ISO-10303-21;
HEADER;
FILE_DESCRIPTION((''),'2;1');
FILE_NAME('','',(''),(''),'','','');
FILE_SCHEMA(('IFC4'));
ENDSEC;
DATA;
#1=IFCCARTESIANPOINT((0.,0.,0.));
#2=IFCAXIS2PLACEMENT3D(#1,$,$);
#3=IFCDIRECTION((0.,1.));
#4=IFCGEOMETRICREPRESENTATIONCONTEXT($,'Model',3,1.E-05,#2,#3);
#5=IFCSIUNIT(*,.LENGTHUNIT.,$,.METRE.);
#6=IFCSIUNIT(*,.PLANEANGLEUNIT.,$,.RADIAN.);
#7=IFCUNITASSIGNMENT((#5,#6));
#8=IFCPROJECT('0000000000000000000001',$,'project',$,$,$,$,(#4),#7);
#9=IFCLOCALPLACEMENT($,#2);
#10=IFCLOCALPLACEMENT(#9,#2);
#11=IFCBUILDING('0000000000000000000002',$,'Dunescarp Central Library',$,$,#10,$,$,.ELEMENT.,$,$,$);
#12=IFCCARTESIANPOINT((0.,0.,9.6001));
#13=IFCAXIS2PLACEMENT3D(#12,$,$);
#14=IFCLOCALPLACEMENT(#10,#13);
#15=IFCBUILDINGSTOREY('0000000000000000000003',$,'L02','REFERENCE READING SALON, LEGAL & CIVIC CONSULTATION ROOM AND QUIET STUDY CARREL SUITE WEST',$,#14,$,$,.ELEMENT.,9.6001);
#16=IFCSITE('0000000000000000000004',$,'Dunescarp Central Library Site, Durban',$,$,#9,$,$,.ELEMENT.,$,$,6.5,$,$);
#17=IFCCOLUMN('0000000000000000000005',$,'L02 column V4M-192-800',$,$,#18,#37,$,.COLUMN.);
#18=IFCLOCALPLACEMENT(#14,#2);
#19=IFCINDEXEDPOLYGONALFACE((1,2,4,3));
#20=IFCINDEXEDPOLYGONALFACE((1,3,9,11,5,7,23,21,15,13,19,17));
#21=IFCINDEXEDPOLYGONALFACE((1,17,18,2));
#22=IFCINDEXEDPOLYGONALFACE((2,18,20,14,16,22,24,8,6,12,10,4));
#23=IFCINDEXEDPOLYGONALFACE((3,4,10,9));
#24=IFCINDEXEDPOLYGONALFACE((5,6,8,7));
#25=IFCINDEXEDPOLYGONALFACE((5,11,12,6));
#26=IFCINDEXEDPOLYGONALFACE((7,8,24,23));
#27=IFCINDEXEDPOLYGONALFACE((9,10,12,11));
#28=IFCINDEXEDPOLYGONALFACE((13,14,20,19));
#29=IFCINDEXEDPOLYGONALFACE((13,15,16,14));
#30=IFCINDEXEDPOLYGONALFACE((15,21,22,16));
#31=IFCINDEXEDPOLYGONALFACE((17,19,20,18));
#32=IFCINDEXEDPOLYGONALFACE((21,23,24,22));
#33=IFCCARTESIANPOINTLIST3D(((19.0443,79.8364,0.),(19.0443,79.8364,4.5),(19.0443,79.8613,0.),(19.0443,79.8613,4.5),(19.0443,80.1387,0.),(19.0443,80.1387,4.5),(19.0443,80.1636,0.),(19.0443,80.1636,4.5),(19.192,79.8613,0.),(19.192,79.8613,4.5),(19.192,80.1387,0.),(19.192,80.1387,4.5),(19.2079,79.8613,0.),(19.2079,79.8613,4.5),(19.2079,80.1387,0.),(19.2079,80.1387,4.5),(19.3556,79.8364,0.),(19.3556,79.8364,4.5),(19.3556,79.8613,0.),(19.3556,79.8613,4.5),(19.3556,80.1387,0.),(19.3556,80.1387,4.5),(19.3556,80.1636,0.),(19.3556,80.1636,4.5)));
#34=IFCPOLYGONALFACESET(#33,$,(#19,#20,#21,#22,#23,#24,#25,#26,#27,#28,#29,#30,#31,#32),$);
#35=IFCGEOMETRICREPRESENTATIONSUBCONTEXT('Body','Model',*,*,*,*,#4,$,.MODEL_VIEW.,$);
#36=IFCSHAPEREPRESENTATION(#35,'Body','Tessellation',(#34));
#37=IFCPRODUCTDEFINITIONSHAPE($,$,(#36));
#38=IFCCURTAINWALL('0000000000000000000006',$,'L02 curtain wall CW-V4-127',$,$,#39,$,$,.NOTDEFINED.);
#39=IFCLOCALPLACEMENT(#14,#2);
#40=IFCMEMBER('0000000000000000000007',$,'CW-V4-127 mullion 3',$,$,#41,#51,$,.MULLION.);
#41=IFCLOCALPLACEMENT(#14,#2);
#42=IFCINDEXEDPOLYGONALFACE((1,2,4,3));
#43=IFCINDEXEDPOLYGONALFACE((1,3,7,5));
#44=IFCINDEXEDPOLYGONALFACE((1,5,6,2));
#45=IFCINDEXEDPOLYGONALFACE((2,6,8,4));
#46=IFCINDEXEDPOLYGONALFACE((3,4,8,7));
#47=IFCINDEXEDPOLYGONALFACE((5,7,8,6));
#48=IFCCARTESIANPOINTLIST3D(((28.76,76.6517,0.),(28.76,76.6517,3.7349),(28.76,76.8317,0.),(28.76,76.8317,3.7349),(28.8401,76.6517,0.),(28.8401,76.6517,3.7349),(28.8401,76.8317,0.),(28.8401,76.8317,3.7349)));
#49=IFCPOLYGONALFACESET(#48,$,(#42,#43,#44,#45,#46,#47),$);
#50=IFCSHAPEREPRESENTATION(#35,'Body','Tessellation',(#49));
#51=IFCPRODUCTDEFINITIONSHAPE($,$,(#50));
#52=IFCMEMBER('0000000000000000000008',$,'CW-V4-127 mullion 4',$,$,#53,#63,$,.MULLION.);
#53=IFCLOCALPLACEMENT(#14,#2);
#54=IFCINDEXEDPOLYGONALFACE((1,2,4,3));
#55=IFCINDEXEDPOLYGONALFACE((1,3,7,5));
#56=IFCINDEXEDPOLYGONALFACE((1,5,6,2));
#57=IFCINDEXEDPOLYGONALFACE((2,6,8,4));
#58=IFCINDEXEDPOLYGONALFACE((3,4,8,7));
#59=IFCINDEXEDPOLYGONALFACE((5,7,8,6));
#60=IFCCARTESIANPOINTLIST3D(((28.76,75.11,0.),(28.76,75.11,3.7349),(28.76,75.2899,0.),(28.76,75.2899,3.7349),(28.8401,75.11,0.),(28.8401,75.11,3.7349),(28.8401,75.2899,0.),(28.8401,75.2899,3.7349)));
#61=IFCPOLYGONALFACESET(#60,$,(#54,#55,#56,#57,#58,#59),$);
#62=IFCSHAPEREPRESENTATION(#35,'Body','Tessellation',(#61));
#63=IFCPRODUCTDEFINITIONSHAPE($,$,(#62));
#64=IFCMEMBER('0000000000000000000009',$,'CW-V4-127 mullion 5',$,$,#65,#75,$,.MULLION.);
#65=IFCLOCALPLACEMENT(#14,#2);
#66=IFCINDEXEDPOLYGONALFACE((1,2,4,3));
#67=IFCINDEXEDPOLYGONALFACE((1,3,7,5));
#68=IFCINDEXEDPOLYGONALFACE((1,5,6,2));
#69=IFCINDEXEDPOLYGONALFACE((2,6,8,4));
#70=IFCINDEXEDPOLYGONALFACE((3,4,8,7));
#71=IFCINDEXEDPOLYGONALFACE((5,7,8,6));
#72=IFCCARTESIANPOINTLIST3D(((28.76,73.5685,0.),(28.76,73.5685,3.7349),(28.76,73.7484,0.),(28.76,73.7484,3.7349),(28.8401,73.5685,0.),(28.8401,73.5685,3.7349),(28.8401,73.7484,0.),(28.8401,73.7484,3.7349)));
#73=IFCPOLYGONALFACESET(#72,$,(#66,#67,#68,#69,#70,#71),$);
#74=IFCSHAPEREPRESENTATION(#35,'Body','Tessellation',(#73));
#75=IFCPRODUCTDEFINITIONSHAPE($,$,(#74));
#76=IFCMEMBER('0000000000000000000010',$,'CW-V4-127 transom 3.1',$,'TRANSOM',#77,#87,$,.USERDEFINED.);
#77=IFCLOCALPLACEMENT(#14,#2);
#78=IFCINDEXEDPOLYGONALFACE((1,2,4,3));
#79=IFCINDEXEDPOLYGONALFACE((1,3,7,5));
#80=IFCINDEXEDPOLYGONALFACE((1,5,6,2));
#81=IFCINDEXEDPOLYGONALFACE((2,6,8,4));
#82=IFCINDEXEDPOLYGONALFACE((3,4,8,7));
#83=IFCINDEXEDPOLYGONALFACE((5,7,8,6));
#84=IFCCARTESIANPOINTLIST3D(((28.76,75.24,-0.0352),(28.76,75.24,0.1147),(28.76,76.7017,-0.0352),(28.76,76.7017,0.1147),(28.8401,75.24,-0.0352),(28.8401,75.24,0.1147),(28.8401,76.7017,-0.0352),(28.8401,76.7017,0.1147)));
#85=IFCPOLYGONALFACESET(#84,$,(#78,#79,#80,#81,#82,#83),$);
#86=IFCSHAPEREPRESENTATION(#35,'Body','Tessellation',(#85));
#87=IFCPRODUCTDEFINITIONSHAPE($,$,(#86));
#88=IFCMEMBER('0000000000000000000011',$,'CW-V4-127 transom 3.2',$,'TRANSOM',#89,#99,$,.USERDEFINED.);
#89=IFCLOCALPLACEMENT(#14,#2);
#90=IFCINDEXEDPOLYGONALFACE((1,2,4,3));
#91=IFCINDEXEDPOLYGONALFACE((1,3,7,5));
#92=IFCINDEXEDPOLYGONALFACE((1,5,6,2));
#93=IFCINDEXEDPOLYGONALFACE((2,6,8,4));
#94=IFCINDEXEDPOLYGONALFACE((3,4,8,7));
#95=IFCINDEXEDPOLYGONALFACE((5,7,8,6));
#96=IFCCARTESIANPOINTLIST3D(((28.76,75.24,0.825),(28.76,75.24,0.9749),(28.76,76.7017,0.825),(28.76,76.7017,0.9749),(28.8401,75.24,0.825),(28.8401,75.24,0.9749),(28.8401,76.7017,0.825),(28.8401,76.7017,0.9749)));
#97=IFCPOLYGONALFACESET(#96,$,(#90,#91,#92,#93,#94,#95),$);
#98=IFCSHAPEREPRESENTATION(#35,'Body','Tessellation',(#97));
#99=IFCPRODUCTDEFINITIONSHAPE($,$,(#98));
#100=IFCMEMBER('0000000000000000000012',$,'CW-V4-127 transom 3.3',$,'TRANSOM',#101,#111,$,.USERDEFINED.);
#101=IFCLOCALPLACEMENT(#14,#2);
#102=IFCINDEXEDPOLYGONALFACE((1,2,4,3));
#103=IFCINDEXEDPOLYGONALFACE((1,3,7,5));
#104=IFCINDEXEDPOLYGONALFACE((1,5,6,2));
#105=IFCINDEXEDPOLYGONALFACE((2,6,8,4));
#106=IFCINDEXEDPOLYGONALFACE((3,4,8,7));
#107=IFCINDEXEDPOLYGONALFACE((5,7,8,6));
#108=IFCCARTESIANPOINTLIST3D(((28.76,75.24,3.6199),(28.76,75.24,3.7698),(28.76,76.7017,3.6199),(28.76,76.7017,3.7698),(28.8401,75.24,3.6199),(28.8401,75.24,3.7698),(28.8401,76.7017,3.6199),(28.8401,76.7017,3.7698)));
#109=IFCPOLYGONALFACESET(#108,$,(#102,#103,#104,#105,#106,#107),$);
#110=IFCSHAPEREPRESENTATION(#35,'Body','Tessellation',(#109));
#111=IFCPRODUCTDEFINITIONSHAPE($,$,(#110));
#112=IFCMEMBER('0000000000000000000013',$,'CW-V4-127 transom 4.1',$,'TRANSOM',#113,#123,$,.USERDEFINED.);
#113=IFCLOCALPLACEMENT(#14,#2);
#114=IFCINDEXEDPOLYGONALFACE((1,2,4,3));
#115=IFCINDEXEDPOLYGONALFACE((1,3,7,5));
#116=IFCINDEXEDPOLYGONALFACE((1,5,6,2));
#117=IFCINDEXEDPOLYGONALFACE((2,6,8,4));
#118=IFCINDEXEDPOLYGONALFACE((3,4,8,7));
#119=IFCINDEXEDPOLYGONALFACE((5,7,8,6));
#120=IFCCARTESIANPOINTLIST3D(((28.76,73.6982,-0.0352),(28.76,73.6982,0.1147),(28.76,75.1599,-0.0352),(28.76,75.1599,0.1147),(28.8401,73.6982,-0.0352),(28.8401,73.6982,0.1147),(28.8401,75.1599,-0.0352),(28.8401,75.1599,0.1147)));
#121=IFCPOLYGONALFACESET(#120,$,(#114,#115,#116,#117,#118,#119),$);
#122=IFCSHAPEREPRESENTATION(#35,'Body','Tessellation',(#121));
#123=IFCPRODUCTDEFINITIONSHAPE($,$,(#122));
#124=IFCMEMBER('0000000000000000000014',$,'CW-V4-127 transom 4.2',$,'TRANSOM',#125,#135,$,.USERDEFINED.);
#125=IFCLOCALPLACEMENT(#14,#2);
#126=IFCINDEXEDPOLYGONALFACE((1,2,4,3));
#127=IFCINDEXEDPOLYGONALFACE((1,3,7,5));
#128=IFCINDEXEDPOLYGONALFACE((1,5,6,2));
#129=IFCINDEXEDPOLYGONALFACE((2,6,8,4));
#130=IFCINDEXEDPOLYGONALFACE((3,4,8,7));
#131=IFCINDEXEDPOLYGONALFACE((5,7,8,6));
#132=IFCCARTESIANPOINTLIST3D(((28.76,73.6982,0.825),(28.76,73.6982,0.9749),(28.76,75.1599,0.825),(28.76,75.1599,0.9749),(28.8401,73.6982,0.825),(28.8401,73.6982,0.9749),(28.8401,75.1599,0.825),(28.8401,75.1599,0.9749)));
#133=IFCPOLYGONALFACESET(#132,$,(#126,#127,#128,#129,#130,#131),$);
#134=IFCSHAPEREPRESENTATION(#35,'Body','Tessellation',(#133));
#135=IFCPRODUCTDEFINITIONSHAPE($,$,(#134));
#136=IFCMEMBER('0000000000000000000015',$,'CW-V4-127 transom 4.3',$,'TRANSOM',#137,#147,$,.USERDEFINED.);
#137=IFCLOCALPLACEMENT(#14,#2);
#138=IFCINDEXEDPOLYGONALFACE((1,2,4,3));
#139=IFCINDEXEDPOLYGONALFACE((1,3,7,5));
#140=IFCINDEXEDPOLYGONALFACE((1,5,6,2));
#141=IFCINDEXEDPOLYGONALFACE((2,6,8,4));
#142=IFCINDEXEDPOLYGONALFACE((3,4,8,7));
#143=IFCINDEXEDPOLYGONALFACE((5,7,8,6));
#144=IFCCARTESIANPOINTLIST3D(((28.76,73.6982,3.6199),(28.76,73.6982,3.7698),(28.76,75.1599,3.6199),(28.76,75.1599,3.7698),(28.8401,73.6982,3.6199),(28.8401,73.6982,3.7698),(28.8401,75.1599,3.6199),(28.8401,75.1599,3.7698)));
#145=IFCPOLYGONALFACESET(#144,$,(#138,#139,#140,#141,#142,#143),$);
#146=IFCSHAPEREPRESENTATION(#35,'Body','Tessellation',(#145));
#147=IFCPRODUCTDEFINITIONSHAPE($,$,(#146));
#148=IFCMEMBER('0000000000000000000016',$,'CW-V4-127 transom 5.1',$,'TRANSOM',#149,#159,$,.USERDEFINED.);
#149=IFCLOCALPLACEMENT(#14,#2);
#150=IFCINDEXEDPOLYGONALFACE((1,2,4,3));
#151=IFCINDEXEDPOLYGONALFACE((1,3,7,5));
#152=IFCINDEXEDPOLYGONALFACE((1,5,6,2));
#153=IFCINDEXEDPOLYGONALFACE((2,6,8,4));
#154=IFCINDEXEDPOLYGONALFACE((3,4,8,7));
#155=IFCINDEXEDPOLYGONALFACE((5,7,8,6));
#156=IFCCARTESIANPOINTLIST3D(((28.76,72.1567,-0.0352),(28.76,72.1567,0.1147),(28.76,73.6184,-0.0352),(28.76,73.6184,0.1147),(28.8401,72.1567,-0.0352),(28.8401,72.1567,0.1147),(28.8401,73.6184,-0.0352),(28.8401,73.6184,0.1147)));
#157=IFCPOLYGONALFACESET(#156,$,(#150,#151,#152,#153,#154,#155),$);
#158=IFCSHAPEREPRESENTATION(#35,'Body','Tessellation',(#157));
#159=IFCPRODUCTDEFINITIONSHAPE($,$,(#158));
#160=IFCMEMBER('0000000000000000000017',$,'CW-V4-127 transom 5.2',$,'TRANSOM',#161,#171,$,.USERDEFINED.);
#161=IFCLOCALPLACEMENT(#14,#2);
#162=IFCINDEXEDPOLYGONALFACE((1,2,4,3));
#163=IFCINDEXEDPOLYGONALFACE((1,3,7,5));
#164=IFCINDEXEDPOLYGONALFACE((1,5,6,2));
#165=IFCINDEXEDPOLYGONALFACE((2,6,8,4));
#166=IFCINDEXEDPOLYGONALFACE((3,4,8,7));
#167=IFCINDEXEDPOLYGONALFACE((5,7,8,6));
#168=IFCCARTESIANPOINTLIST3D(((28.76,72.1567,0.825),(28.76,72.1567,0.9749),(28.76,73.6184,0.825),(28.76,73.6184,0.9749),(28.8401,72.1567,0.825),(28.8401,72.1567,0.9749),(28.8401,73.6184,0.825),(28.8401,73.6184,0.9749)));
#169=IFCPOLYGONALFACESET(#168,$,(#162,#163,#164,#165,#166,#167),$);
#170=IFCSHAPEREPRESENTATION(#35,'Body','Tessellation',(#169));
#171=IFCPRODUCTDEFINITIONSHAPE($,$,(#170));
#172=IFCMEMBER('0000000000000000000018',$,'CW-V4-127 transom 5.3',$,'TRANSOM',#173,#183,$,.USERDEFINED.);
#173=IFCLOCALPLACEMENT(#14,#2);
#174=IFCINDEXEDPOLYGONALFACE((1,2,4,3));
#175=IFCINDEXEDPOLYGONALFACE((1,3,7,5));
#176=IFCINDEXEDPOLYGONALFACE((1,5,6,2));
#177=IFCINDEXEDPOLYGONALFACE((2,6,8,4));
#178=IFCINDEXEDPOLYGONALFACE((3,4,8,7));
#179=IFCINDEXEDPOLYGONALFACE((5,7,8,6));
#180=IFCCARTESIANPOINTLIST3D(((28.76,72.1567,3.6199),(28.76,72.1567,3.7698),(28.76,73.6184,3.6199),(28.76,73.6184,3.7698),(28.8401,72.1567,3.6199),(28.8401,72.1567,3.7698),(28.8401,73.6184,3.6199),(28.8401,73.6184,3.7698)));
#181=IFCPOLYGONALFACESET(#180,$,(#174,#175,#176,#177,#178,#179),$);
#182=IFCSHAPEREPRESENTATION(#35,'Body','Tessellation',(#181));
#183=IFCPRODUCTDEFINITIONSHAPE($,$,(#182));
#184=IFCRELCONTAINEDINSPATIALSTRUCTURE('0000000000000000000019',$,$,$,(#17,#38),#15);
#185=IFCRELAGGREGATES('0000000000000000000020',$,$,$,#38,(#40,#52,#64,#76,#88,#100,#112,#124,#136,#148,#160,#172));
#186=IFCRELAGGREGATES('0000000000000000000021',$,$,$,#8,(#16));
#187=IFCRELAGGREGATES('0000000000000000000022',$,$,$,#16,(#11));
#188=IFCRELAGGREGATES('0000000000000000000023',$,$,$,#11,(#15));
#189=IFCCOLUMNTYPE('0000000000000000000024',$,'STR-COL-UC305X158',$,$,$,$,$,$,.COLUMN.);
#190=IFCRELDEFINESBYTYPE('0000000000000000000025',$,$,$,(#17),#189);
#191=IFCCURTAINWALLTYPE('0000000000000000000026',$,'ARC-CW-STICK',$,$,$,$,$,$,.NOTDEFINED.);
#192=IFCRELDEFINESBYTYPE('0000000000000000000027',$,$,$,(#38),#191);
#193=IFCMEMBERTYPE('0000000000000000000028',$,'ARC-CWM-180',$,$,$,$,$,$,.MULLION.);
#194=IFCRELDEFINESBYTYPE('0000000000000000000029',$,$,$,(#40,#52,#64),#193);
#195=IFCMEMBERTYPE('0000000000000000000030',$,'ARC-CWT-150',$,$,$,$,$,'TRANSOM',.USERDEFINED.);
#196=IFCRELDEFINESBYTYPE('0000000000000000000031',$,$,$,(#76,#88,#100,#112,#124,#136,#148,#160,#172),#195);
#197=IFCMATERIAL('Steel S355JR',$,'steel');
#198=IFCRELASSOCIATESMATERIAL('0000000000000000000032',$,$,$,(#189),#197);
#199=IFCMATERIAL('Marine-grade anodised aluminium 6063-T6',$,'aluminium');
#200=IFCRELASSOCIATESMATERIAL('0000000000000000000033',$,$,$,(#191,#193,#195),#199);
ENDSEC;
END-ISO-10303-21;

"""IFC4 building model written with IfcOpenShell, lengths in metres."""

from ifc_helpers import new_model, si_unit, direction, frame, origin, origin_2d, place, context, subcontext, project, spatial, rectangle, i_section, extrude, material, material_profile, profile_set, type_object, element, aggregate, save


model = new_model("IFC4")

# Units and contexts
model_context = context("Model", 3, precision=1e-05, world=origin(), true_north=direction((0.0, 1.0)))
body_context = subcontext(model_context, "Body", "Model", "MODEL_VIEW")
ifc_project = project(units=[si_unit("LENGTHUNIT", "METRE"), si_unit("PLANEANGLEUNIT", "RADIAN")], contexts=[model_context])

# Site, building, storey
site_placement = place(None, origin())
site = spatial("IfcSite", under=ifc_project, at=site_placement, Name="Dunescarp Central Library Site, Durban", CompositionType="ELEMENT", RefElevation=6.5)
building_placement = place(site_placement, origin())
building = spatial("IfcBuilding", under=site, at=building_placement, Name="Dunescarp Central Library", CompositionType="ELEMENT")
storey_placement = place(building_placement, frame((0.0, 0.0, 9.6001)))
storey = spatial("IfcBuildingStorey", under=building, at=storey_placement, Name="L02", Description="REFERENCE READING SALON, LEGAL & CIVIC CONSULTATION ROOM AND QUIET STUDY CARREL SUITE WEST", CompositionType="ELEMENT", Elevation=9.6001)

# Column
ifc_material_1 = material(Name="Steel S355JR", Category="steel")
ifc_material_profile_1 = material_profile(ifc_material_1, i_section(OverallWidth=0.3113, OverallDepth=0.3271, WebThickness=0.0159, FlangeThickness=0.0249, at=origin_2d()), Name="UC 305x305x158")
ifc_profile_set_1 = profile_set([ifc_material_profile_1], Name="Steel S355JR")
column_type = type_object("IfcColumnType", Name="STR-COL-UC305X158", PredefinedType="COLUMN", material=ifc_profile_set_1)
column_placement = place(storey_placement, frame((19.2, 80.0, 0.0), z_axis=(0.0, 0.0, 1.0), x_axis=(1.0, 0.0, 0.0)))
element("IfcColumn", 1, at=column_placement, inside=storey, type_object=column_type, Name="L02 column V4M-192-800", PredefinedType="COLUMN", context=body_context, shape_type="SweptSolid", body=[
    extrude(i_section(OverallWidth=0.3113, OverallDepth=0.3271, WebThickness=0.0159, FlangeThickness=0.0249, at=origin_2d()), origin(), (0.0, 0.0, 1.0), 4.5),
])

# Curtain wall, members
ifc_material_2 = material(Name="Marine-grade anodised aluminium 6063-T6", Category="aluminium")
curtain_wall_type = type_object("IfcCurtainWallType", Name="ARC-CW-STICK", PredefinedType="NOTDEFINED", material=ifc_material_2)
curtain_wall_placement = place(storey_placement, origin())
curtain_wall = element("IfcCurtainWall", 2, at=curtain_wall_placement, inside=storey, type_object=curtain_wall_type, Name="L02 curtain wall CW-V4-127", PredefinedType="NOTDEFINED")
ifc_material_profile_2 = material_profile(ifc_material_2, rectangle(XDim=0.0801, YDim=0.1799, at=origin_2d()), Name="AL 80x180")
ifc_profile_set_2 = profile_set([ifc_material_profile_2], Name="Marine-grade anodised aluminium 6063-T6")
member_type_1 = type_object("IfcMemberType", Name="ARC-CWM-180", PredefinedType="MULLION", material=ifc_profile_set_2)
member_1_placement = place(storey_placement, frame((28.8, 76.7417, 0.0), z_axis=(0.0, 0.0, 1.0), x_axis=(1.0, 0.0, 0.0)))
member_1 = element("IfcMember", 3, at=member_1_placement, type_object=member_type_1, Name="CW-V4-127 mullion 3", PredefinedType="MULLION", context=body_context, shape_type="SweptSolid", body=[
    extrude(rectangle(XDim=0.0801, YDim=0.1799, at=origin_2d()), origin(), (0.0, 0.0, 1.0), 3.7349),
])
member_2_placement = place(storey_placement, frame((28.8, 75.2, 0.0), z_axis=(0.0, 0.0, 1.0), x_axis=(1.0, 0.0, 0.0)))
member_2 = element("IfcMember", 4, at=member_2_placement, type_object=member_type_1, Name="CW-V4-127 mullion 4", PredefinedType="MULLION", context=body_context, shape_type="SweptSolid", body=[
    extrude(rectangle(XDim=0.0801, YDim=0.1799, at=origin_2d()), origin(), (0.0, 0.0, 1.0), 3.7349),
])
member_3_placement = place(storey_placement, frame((28.8, 73.6584, 0.0), z_axis=(0.0, 0.0, 1.0), x_axis=(1.0, 0.0, 0.0)))
member_3 = element("IfcMember", 5, at=member_3_placement, type_object=member_type_1, Name="CW-V4-127 mullion 5", PredefinedType="MULLION", context=body_context, shape_type="SweptSolid", body=[
    extrude(rectangle(XDim=0.0801, YDim=0.1799, at=origin_2d()), origin(), (0.0, 0.0, 1.0), 3.7349),
])
ifc_material_profile_3 = material_profile(ifc_material_2, rectangle(XDim=0.0801, YDim=0.1499, at=origin_2d()), Name="AL 80x150")
ifc_profile_set_3 = profile_set([ifc_material_profile_3], Name="Marine-grade anodised aluminium 6063-T6")
member_type_2 = type_object("IfcMemberType", Name="ARC-CWT-150", ElementType="TRANSOM", PredefinedType="USERDEFINED", material=ifc_profile_set_3)
member_4_placement = place(storey_placement, frame((28.8, 76.7017, 0.0398), z_axis=(0.0, -1.0, 0.0), x_axis=(1.0, 0.0, 0.0)))
member_4 = element("IfcMember", 6, at=member_4_placement, type_object=member_type_2, Name="CW-V4-127 transom 3.1", ObjectType="TRANSOM", PredefinedType="USERDEFINED", context=body_context, shape_type="SweptSolid", body=[
    extrude(rectangle(XDim=0.0801, YDim=0.1499, at=origin_2d()), origin(), (0.0, 0.0, 1.0), 1.4617),
])
member_5_placement = place(storey_placement, frame((28.8, 76.7017, 0.8999), z_axis=(0.0, -1.0, 0.0), x_axis=(1.0, 0.0, 0.0)))
member_5 = element("IfcMember", 7, at=member_5_placement, type_object=member_type_2, Name="CW-V4-127 transom 3.2", ObjectType="TRANSOM", PredefinedType="USERDEFINED", context=body_context, shape_type="SweptSolid", body=[
    extrude(rectangle(XDim=0.0801, YDim=0.1499, at=origin_2d()), origin(), (0.0, 0.0, 1.0), 1.4617),
])
member_6_placement = place(storey_placement, frame((28.8, 76.7017, 3.6948), z_axis=(0.0, -1.0, 0.0), x_axis=(1.0, 0.0, 0.0)))
member_6 = element("IfcMember", 8, at=member_6_placement, type_object=member_type_2, Name="CW-V4-127 transom 3.3", ObjectType="TRANSOM", PredefinedType="USERDEFINED", context=body_context, shape_type="SweptSolid", body=[
    extrude(rectangle(XDim=0.0801, YDim=0.1499, at=origin_2d()), origin(), (0.0, 0.0, 1.0), 1.4617),
])
member_7_placement = place(storey_placement, frame((28.8, 75.1599, 0.0398), z_axis=(0.0, -1.0, 0.0), x_axis=(1.0, 0.0, 0.0)))
member_7 = element("IfcMember", 9, at=member_7_placement, type_object=member_type_2, Name="CW-V4-127 transom 4.1", ObjectType="TRANSOM", PredefinedType="USERDEFINED", context=body_context, shape_type="SweptSolid", body=[
    extrude(rectangle(XDim=0.0801, YDim=0.1499, at=origin_2d()), origin(), (0.0, 0.0, 1.0), 1.4617),
])
member_8_placement = place(storey_placement, frame((28.8, 75.1599, 0.8999), z_axis=(0.0, -1.0, 0.0), x_axis=(1.0, 0.0, 0.0)))
member_8 = element("IfcMember", 10, at=member_8_placement, type_object=member_type_2, Name="CW-V4-127 transom 4.2", ObjectType="TRANSOM", PredefinedType="USERDEFINED", context=body_context, shape_type="SweptSolid", body=[
    extrude(rectangle(XDim=0.0801, YDim=0.1499, at=origin_2d()), origin(), (0.0, 0.0, 1.0), 1.4617),
])
member_9_placement = place(storey_placement, frame((28.8, 75.1599, 3.6948), z_axis=(0.0, -1.0, 0.0), x_axis=(1.0, 0.0, 0.0)))
member_9 = element("IfcMember", 11, at=member_9_placement, type_object=member_type_2, Name="CW-V4-127 transom 4.3", ObjectType="TRANSOM", PredefinedType="USERDEFINED", context=body_context, shape_type="SweptSolid", body=[
    extrude(rectangle(XDim=0.0801, YDim=0.1499, at=origin_2d()), origin(), (0.0, 0.0, 1.0), 1.4617),
])
member_10_placement = place(storey_placement, frame((28.8, 73.6184, 0.0398), z_axis=(0.0, -1.0, 0.0), x_axis=(1.0, 0.0, 0.0)))
member_10 = element("IfcMember", 12, at=member_10_placement, type_object=member_type_2, Name="CW-V4-127 transom 5.1", ObjectType="TRANSOM", PredefinedType="USERDEFINED", context=body_context, shape_type="SweptSolid", body=[
    extrude(rectangle(XDim=0.0801, YDim=0.1499, at=origin_2d()), origin(), (0.0, 0.0, 1.0), 1.4617),
])
member_11_placement = place(storey_placement, frame((28.8, 73.6184, 0.8999), z_axis=(0.0, -1.0, 0.0), x_axis=(1.0, 0.0, 0.0)))
member_11 = element("IfcMember", 13, at=member_11_placement, type_object=member_type_2, Name="CW-V4-127 transom 5.2", ObjectType="TRANSOM", PredefinedType="USERDEFINED", context=body_context, shape_type="SweptSolid", body=[
    extrude(rectangle(XDim=0.0801, YDim=0.1499, at=origin_2d()), origin(), (0.0, 0.0, 1.0), 1.4617),
])
member_12_placement = place(storey_placement, frame((28.8, 73.6184, 3.6948), z_axis=(0.0, -1.0, 0.0), x_axis=(1.0, 0.0, 0.0)))
member_12 = element("IfcMember", 14, at=member_12_placement, type_object=member_type_2, Name="CW-V4-127 transom 5.3", ObjectType="TRANSOM", PredefinedType="USERDEFINED", context=body_context, shape_type="SweptSolid", body=[
    extrude(rectangle(XDim=0.0801, YDim=0.1499, at=origin_2d()), origin(), (0.0, 0.0, 1.0), 1.4617),
])

aggregate(curtain_wall, [member_1, member_2, member_3, member_4, member_5, member_6, member_7, member_8, member_9, member_10, member_11, member_12])

save(model, "model.ifc")
